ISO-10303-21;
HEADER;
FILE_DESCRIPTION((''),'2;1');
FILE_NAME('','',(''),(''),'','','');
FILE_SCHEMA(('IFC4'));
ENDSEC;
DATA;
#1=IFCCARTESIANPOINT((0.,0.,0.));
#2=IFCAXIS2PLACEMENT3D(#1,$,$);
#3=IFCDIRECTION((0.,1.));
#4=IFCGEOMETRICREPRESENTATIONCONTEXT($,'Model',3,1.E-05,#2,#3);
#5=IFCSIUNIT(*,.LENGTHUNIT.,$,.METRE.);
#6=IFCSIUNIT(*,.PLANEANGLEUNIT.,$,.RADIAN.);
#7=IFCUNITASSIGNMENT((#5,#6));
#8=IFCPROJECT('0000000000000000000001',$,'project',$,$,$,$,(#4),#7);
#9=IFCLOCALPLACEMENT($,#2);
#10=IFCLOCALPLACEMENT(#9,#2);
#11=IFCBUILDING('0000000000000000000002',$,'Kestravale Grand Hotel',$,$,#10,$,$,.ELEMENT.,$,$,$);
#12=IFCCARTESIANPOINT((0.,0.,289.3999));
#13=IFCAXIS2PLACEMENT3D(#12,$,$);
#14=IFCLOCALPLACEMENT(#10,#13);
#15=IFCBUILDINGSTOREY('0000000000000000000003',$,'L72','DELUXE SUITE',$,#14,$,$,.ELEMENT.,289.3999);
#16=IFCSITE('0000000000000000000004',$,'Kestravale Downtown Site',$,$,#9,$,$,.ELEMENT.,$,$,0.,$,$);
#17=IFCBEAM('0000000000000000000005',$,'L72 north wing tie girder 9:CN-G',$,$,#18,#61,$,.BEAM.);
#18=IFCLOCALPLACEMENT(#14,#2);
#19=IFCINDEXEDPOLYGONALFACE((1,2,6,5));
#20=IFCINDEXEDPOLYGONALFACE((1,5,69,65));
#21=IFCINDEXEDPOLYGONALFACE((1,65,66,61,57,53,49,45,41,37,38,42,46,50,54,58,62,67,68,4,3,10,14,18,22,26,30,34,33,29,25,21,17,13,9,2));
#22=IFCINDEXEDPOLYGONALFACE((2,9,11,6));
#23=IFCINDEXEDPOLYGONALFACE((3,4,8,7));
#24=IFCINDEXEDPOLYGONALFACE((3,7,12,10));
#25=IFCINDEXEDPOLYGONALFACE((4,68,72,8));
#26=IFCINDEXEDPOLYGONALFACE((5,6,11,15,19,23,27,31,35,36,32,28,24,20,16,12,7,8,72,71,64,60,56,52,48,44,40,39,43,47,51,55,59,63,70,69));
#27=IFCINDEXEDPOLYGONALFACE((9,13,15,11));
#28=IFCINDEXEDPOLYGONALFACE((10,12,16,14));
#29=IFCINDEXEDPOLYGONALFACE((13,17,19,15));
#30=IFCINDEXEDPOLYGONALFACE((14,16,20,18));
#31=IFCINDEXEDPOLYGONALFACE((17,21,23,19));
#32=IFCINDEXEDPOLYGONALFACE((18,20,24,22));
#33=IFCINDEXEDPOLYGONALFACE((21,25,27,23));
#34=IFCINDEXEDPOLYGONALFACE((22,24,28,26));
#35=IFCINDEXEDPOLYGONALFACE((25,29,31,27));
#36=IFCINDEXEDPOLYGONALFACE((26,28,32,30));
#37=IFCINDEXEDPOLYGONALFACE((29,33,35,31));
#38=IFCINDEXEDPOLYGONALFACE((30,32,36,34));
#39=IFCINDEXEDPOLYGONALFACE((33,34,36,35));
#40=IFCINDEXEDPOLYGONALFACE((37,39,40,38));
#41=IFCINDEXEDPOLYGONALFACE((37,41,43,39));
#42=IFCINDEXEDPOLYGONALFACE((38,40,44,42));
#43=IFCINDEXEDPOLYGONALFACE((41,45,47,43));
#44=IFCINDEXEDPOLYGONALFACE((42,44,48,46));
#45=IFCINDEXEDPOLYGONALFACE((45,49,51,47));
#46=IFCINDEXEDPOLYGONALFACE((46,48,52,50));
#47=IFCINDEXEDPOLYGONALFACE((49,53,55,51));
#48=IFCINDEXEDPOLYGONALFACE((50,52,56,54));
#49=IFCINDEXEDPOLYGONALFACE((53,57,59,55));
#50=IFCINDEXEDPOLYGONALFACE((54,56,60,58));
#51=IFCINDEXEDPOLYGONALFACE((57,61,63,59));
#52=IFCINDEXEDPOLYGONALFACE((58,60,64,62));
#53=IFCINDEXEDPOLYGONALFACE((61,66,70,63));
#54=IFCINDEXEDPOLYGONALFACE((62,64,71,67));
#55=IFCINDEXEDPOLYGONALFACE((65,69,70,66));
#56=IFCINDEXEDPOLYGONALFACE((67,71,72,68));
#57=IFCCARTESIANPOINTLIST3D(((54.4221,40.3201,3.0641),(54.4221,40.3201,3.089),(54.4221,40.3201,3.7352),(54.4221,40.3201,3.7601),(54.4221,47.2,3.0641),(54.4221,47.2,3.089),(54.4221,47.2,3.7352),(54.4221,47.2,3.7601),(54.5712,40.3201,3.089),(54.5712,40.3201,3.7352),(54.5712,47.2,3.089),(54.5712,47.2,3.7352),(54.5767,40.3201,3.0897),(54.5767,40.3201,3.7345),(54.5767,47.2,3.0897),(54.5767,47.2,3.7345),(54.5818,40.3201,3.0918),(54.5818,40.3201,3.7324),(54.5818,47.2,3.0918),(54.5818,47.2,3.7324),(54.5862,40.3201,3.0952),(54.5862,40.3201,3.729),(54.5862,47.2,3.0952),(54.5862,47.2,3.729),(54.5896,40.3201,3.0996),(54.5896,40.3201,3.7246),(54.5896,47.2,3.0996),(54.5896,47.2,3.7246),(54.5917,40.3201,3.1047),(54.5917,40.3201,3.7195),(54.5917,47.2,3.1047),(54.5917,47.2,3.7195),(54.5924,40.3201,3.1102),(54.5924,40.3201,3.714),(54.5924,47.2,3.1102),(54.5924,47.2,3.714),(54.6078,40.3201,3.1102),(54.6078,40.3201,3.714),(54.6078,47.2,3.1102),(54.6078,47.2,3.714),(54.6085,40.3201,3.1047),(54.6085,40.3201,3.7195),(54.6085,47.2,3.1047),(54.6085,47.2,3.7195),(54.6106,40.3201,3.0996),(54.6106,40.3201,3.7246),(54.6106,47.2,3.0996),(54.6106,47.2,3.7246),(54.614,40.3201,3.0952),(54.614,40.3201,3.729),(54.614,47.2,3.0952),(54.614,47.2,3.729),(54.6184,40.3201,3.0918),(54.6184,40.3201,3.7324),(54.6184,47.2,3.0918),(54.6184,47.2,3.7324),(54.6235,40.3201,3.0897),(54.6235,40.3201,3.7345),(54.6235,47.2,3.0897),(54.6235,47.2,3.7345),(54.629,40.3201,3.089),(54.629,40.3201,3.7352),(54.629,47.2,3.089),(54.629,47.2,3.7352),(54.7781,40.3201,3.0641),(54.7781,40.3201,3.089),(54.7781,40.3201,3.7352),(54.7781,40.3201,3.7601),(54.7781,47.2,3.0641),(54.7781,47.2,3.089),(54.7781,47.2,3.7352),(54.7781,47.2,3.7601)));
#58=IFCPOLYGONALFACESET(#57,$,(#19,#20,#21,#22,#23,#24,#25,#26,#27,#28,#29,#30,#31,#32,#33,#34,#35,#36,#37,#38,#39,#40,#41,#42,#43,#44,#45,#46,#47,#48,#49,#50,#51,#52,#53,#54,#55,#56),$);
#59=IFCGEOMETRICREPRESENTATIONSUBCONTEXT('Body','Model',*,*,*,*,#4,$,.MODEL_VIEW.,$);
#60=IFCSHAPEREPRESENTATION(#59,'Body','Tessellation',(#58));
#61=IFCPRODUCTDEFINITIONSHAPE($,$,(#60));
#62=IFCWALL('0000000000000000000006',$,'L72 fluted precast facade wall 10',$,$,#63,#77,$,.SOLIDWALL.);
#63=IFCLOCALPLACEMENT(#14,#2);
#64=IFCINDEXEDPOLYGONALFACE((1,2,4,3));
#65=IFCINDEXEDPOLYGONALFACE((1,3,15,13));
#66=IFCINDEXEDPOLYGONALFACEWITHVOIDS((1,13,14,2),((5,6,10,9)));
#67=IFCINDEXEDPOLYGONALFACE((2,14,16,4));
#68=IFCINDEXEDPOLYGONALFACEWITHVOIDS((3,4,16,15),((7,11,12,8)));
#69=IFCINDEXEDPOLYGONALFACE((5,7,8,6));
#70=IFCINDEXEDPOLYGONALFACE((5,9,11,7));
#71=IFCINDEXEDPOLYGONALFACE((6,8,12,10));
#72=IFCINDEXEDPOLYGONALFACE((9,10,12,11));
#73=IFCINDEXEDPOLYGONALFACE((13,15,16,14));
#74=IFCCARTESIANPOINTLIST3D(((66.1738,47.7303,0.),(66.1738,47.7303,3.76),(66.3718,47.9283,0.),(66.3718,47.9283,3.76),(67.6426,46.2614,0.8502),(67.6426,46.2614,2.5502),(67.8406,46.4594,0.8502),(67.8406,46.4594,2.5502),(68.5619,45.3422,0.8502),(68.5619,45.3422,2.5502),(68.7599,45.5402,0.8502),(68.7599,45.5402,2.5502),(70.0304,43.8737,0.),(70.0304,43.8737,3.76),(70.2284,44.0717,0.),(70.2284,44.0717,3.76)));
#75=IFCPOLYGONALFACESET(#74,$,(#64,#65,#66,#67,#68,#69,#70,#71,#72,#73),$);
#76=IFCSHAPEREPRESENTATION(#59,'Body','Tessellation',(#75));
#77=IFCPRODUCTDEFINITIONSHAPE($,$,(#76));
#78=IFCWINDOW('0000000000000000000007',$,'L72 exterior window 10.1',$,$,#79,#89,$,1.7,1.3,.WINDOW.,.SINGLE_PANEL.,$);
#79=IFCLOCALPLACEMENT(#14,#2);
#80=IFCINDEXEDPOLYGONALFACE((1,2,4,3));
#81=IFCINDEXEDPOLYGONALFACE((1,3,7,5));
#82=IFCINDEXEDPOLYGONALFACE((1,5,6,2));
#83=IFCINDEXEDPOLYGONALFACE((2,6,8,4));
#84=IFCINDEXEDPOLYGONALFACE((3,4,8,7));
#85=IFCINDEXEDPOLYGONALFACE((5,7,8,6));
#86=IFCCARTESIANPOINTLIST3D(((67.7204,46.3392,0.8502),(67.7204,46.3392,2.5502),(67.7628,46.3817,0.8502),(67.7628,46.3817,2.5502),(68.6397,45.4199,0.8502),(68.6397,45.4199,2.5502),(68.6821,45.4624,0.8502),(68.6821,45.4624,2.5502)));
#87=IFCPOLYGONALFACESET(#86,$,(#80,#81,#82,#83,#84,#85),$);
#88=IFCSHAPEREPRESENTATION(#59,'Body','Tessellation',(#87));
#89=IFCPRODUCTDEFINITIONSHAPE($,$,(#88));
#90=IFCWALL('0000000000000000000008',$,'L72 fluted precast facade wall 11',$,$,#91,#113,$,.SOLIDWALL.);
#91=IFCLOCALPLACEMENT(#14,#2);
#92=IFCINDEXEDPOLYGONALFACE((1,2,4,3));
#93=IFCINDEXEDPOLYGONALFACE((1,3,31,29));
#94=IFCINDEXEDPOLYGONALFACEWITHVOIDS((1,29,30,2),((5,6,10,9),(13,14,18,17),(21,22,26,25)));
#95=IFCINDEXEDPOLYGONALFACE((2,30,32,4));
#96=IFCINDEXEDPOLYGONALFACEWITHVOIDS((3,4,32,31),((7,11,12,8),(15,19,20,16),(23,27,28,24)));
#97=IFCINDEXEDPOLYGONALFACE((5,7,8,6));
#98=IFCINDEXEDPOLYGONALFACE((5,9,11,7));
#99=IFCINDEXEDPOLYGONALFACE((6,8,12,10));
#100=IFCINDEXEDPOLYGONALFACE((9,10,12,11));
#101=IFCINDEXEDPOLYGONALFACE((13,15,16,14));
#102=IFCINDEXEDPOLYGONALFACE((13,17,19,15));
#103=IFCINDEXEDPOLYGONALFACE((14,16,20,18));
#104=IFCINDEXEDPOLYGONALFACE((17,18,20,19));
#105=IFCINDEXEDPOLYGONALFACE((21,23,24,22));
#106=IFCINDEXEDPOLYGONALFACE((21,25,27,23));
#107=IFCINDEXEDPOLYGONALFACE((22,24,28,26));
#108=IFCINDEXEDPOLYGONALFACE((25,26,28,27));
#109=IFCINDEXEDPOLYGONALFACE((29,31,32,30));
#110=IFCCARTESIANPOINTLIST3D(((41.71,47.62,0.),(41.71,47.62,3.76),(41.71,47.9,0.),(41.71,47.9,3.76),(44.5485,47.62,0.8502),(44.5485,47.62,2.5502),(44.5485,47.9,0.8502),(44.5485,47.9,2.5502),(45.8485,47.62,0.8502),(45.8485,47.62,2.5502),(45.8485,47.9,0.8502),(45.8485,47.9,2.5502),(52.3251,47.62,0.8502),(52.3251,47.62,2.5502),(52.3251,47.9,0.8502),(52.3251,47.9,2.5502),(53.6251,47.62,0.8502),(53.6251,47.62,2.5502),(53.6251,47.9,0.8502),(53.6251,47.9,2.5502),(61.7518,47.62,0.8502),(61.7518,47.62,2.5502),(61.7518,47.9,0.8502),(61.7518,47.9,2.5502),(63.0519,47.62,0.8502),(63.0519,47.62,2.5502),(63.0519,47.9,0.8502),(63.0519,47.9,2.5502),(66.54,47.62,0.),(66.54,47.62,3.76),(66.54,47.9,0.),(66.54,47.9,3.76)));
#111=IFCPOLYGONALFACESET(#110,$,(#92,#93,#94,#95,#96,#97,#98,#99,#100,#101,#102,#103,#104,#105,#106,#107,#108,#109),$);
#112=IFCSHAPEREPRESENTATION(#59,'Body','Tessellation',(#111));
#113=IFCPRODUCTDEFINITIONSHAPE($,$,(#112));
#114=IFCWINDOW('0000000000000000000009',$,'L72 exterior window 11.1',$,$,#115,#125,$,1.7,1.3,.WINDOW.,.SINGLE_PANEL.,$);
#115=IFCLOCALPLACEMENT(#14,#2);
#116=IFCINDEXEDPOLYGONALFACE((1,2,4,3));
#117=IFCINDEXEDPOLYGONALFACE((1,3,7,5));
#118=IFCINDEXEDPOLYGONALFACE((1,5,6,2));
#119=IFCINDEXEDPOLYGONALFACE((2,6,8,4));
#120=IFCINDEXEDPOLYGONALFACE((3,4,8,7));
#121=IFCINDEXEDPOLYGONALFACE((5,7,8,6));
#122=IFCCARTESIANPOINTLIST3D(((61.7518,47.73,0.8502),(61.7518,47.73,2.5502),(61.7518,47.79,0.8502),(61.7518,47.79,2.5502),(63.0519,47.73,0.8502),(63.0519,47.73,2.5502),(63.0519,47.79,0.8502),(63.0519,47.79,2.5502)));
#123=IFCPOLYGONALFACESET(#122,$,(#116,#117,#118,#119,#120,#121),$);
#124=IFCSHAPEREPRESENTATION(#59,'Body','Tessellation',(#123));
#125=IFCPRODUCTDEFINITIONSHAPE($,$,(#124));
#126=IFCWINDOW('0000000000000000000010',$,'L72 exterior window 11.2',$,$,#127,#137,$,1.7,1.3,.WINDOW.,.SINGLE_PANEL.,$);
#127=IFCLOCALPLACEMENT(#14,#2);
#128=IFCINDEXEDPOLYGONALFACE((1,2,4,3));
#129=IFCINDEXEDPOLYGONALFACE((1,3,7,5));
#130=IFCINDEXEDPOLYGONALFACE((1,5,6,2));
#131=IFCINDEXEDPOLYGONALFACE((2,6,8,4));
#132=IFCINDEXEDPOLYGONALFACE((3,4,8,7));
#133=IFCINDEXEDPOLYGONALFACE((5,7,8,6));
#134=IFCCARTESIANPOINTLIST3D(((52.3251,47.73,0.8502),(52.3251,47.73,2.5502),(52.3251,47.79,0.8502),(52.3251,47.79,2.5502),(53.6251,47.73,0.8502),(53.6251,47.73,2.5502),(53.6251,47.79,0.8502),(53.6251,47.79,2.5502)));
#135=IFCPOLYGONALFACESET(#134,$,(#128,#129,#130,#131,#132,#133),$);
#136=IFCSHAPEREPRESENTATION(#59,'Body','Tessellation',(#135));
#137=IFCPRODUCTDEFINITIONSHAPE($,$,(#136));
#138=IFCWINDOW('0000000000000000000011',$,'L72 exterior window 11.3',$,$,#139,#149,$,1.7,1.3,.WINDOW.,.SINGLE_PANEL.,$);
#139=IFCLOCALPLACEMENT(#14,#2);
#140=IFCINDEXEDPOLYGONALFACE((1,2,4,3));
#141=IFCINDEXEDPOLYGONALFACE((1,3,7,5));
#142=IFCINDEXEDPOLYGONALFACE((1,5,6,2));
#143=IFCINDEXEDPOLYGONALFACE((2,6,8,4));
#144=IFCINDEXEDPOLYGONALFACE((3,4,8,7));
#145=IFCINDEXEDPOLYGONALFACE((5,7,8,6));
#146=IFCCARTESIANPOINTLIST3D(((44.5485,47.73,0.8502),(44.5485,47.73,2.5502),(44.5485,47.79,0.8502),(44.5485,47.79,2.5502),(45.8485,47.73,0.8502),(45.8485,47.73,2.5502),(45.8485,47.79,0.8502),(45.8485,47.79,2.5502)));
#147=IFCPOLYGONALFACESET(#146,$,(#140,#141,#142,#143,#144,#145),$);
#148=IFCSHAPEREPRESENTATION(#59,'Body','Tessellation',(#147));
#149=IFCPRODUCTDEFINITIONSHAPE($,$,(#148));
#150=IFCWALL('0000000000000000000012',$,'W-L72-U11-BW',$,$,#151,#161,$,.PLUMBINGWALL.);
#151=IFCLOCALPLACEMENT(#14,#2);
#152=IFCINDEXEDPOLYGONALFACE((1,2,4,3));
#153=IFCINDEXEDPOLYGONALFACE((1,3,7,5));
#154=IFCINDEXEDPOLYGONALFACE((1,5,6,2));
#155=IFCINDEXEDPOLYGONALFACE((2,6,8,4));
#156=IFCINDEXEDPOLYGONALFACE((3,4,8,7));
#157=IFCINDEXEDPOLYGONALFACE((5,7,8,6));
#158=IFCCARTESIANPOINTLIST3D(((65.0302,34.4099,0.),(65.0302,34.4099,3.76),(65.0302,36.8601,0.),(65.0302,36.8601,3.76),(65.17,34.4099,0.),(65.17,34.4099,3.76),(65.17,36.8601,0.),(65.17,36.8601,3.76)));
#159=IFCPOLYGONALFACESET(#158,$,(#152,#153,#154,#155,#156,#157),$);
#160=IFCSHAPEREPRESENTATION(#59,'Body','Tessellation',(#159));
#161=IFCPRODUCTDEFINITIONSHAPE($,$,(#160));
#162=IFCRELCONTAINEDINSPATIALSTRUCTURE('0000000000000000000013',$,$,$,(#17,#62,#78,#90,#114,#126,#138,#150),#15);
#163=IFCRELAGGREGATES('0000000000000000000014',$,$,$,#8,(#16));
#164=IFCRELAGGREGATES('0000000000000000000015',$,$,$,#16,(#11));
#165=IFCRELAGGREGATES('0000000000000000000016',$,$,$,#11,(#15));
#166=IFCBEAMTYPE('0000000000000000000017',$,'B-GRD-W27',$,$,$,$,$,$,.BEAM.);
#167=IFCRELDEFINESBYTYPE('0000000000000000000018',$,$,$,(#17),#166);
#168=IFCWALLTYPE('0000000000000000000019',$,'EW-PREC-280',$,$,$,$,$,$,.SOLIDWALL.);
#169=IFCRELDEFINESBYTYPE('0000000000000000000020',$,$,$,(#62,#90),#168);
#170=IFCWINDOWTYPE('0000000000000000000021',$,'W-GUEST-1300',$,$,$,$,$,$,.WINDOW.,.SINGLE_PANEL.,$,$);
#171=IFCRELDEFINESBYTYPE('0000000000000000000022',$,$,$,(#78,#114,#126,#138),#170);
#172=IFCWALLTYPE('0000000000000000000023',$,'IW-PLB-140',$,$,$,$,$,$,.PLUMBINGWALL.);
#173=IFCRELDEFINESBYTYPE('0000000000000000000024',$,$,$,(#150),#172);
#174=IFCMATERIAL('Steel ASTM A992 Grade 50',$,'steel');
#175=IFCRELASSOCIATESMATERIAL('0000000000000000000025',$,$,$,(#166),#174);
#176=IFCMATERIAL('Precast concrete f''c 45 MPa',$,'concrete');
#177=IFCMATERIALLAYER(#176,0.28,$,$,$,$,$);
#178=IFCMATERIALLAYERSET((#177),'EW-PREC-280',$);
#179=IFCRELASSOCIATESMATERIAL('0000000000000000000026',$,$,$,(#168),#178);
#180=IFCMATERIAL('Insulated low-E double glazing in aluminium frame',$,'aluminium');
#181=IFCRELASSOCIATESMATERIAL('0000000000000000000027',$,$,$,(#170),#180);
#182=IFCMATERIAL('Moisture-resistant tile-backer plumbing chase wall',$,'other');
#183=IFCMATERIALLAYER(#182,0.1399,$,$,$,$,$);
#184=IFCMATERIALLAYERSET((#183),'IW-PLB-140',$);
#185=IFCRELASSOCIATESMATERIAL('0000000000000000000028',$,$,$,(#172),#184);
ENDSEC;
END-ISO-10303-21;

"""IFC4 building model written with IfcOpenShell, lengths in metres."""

from ifc_helpers import new_model, si_unit, direction, frame, frame_2d, origin, origin_2d, place, context, subcontext, project, spatial, rectangle, i_section, extrude, material, layer, layer_set, material_profile, profile_set, type_object, element, fill, save


model = new_model("IFC4")

# Units and contexts
model_context = context("Model", 3, precision=1e-05, world=origin(), true_north=direction((0.0, 1.0)))
body_context = subcontext(model_context, "Body", "Model", "MODEL_VIEW")
ifc_project = project(units=[si_unit("LENGTHUNIT", "METRE"), si_unit("PLANEANGLEUNIT", "RADIAN")], contexts=[model_context])

# Site, building, storey
site_placement = place(None, origin())
site = spatial("IfcSite", under=ifc_project, at=site_placement, Name="Kestravale Downtown Site", CompositionType="ELEMENT", RefElevation=0.0)
building_placement = place(site_placement, origin())
building = spatial("IfcBuilding", under=site, at=building_placement, Name="Kestravale Grand Hotel", CompositionType="ELEMENT")
storey_placement = place(building_placement, frame((0.0, 0.0, 289.3999)))
storey = spatial("IfcBuildingStorey", under=building, at=storey_placement, Name="L72", Description="DELUXE SUITE", CompositionType="ELEMENT", Elevation=289.3999)

# Beam
ifc_material_1 = material(Name="Steel ASTM A992 Grade 50", Category="steel")
ifc_material_profile_1 = material_profile(ifc_material_1, i_section(OverallWidth=0.356, OverallDepth=0.696, WebThickness=0.0154, FlangeThickness=0.0249, FilletRadius=0.0212, at=origin_2d()))
ifc_profile_set_1 = profile_set([ifc_material_profile_1], Name="Steel ASTM A992 Grade 50")
beam_type = type_object("IfcBeamType", Name="B-GRD-W27", PredefinedType="BEAM", material=ifc_profile_set_1)
beam_1_placement = place(storey_placement, frame((54.6001, 40.3201, 3.4121), z_axis=(0.0, 1.0, 0.0), x_axis=(-1.0, 0.0, 0.0)))
element("IfcBeam", 1, at=beam_1_placement, inside=storey, type_object=beam_type, Name="L72 north wing tie girder 9:CN-G", PredefinedType="BEAM", context=body_context, shape_type="SweptSolid", body=[
    extrude(i_section(OverallWidth=0.356, OverallDepth=0.696, WebThickness=0.0154, FlangeThickness=0.0249, FilletRadius=0.0212, at=origin_2d()), origin(), (0.0, 0.0, 1.0), 6.8799),
])

# Wall, opening, window
ifc_material_2 = material(Name="Precast concrete f'c 45 MPa", Category="concrete")
ifc_layer_1 = layer(ifc_material_2, 0.28)
ifc_layer_set_1 = layer_set([ifc_layer_1], Name="EW-PREC-280")
wall_type_1 = type_object("IfcWallType", Name="EW-PREC-280", PredefinedType="SOLIDWALL", material=ifc_layer_set_1)
wall_1_placement = place(storey_placement, frame((70.1294, 43.9727, 0.0), z_axis=(0.0, 0.0, 1.0), x_axis=(-0.707107, 0.707107, 0.0)))
wall_1 = element("IfcWall", 2, at=wall_1_placement, inside=storey, type_object=wall_type_1, Name="L72 fluted precast facade wall 10", PredefinedType="SOLIDWALL", context=body_context, shape_type="SweptSolid", body=[
    extrude(rectangle(XDim=5.4541, YDim=0.28, at=frame_2d((2.7271, 0.0))), origin(), (0.0, 0.0, 1.0), 3.76),
])
opening_1_placement = place(wall_1_placement, frame((2.0769, 0.0, 0.8501)))
opening_1 = element("IfcOpeningElement", 3, at=opening_1_placement, cuts=wall_1, PredefinedType="OPENING", context=body_context, shape_type="SweptSolid", body=[
    extrude(rectangle(XDim=1.3, YDim=1.7, at=frame_2d((0.6499, 0.8501))), frame((0.0, 0.1499, 0.0), z_axis=(0.0, -1.0, 0.0), x_axis=(1.0, 0.0, 0.0)), (0.0, 0.0, 1.0), 0.3),
])
ifc_material_3 = material(Name="Insulated low-E double glazing in aluminium frame", Category="aluminium")
window_type = type_object("IfcWindowType", Name="W-GUEST-1300", PartitioningType="SINGLE_PANEL", PredefinedType="WINDOW", material=ifc_material_3)
window_1_placement = place(opening_1_placement, origin())
window_1 = element("IfcWindow", 4, at=window_1_placement, inside=storey, type_object=window_type, Name="L72 exterior window 10.1", OverallHeight=1.7, OverallWidth=1.3, PartitioningType="SINGLE_PANEL", PredefinedType="WINDOW", context=body_context, shape_type="SweptSolid", body=[
    extrude(rectangle(XDim=1.3, YDim=1.7, at=frame_2d((0.6499, 0.8501))), frame((0.0, 0.03, 0.0), z_axis=(0.0, -1.0, 0.0), x_axis=(1.0, 0.0, 0.0)), (0.0, 0.0, 1.0), 0.0601),
])
fill(opening_1, window_1)

# Wall, openings, windows
wall_2_placement = place(storey_placement, frame((66.54, 47.76, 0.0), z_axis=(0.0, 0.0, 1.0), x_axis=(-1.0, 0.0, 0.0)))
wall_2 = element("IfcWall", 5, at=wall_2_placement, inside=storey, type_object=wall_type_1, Name="L72 fluted precast facade wall 11", PredefinedType="SOLIDWALL", context=body_context, shape_type="SweptSolid", body=[
    extrude(rectangle(XDim=24.8301, YDim=0.28, at=frame_2d((12.415, 0.0))), origin(), (0.0, 0.0, 1.0), 3.76),
])
opening_2_placement = place(wall_2_placement, frame((3.4883, 0.0, 0.8501)))
opening_2 = element("IfcOpeningElement", 6, at=opening_2_placement, cuts=wall_2, PredefinedType="OPENING", context=body_context, shape_type="SweptSolid", body=[
    extrude(rectangle(XDim=1.3, YDim=1.7, at=frame_2d((0.6499, 0.8501))), frame((0.0, 0.1499, 0.0), z_axis=(0.0, -1.0, 0.0), x_axis=(1.0, 0.0, 0.0)), (0.0, 0.0, 1.0), 0.3),
])
opening_3_placement = place(wall_2_placement, frame((12.915, 0.0, 0.8501)))
opening_3 = element("IfcOpeningElement", 7, at=opening_3_placement, cuts=wall_2, PredefinedType="OPENING", context=body_context, shape_type="SweptSolid", body=[
    extrude(rectangle(XDim=1.3, YDim=1.7, at=frame_2d((0.6499, 0.8501))), frame((0.0, 0.1499, 0.0), z_axis=(0.0, -1.0, 0.0), x_axis=(1.0, 0.0, 0.0)), (0.0, 0.0, 1.0), 0.3),
])
opening_4_placement = place(wall_2_placement, frame((20.6917, 0.0, 0.8501)))
opening_4 = element("IfcOpeningElement", 8, at=opening_4_placement, cuts=wall_2, PredefinedType="OPENING", context=body_context, shape_type="SweptSolid", body=[
    extrude(rectangle(XDim=1.3, YDim=1.7, at=frame_2d((0.6499, 0.8501))), frame((0.0, 0.1499, 0.0), z_axis=(0.0, -1.0, 0.0), x_axis=(1.0, 0.0, 0.0)), (0.0, 0.0, 1.0), 0.3),
])
window_2_placement = place(opening_2_placement, origin())
window_2 = element("IfcWindow", 9, at=window_2_placement, inside=storey, type_object=window_type, Name="L72 exterior window 11.1", OverallHeight=1.7, OverallWidth=1.3, PartitioningType="SINGLE_PANEL", PredefinedType="WINDOW", context=body_context, shape_type="SweptSolid", body=[
    extrude(rectangle(XDim=1.3, YDim=1.7, at=frame_2d((0.6499, 0.8501))), frame((0.0, 0.03, 0.0), z_axis=(0.0, -1.0, 0.0), x_axis=(1.0, 0.0, 0.0)), (0.0, 0.0, 1.0), 0.0601),
])
fill(opening_2, window_2)
window_3_placement = place(opening_3_placement, origin())
window_3 = element("IfcWindow", 10, at=window_3_placement, inside=storey, type_object=window_type, Name="L72 exterior window 11.2", OverallHeight=1.7, OverallWidth=1.3, PartitioningType="SINGLE_PANEL", PredefinedType="WINDOW", context=body_context, shape_type="SweptSolid", body=[
    extrude(rectangle(XDim=1.3, YDim=1.7, at=frame_2d((0.6499, 0.8501))), frame((0.0, 0.03, 0.0), z_axis=(0.0, -1.0, 0.0), x_axis=(1.0, 0.0, 0.0)), (0.0, 0.0, 1.0), 0.0601),
])
fill(opening_3, window_3)
window_4_placement = place(opening_4_placement, origin())
window_4 = element("IfcWindow", 11, at=window_4_placement, inside=storey, type_object=window_type, Name="L72 exterior window 11.3", OverallHeight=1.7, OverallWidth=1.3, PartitioningType="SINGLE_PANEL", PredefinedType="WINDOW", context=body_context, shape_type="SweptSolid", body=[
    extrude(rectangle(XDim=1.3, YDim=1.7, at=frame_2d((0.6499, 0.8501))), frame((0.0, 0.03, 0.0), z_axis=(0.0, -1.0, 0.0), x_axis=(1.0, 0.0, 0.0)), (0.0, 0.0, 1.0), 0.0601),
])
fill(opening_4, window_4)

# Wall
ifc_material_4 = material(Name="Moisture-resistant tile-backer plumbing chase wall", Category="other")
ifc_layer_2 = layer(ifc_material_4, 0.1399)
ifc_layer_set_2 = layer_set([ifc_layer_2], Name="IW-PLB-140")
wall_type_2 = type_object("IfcWallType", Name="IW-PLB-140", PredefinedType="PLUMBINGWALL", material=ifc_layer_set_2)
wall_3_placement = place(storey_placement, frame((65.1001, 34.4099, 0.0), z_axis=(0.0, 0.0, 1.0), x_axis=(0.0, 1.0, 0.0)))
element("IfcWall", 12, at=wall_3_placement, inside=storey, type_object=wall_type_2, Name="W-L72-U11-BW", PredefinedType="PLUMBINGWALL", context=body_context, shape_type="SweptSolid", body=[
    extrude(rectangle(XDim=2.4502, YDim=0.1399, at=frame_2d((1.2251, 0.0))), origin(), (0.0, 0.0, 1.0), 3.76),
])

save(model, "model.ifc")
